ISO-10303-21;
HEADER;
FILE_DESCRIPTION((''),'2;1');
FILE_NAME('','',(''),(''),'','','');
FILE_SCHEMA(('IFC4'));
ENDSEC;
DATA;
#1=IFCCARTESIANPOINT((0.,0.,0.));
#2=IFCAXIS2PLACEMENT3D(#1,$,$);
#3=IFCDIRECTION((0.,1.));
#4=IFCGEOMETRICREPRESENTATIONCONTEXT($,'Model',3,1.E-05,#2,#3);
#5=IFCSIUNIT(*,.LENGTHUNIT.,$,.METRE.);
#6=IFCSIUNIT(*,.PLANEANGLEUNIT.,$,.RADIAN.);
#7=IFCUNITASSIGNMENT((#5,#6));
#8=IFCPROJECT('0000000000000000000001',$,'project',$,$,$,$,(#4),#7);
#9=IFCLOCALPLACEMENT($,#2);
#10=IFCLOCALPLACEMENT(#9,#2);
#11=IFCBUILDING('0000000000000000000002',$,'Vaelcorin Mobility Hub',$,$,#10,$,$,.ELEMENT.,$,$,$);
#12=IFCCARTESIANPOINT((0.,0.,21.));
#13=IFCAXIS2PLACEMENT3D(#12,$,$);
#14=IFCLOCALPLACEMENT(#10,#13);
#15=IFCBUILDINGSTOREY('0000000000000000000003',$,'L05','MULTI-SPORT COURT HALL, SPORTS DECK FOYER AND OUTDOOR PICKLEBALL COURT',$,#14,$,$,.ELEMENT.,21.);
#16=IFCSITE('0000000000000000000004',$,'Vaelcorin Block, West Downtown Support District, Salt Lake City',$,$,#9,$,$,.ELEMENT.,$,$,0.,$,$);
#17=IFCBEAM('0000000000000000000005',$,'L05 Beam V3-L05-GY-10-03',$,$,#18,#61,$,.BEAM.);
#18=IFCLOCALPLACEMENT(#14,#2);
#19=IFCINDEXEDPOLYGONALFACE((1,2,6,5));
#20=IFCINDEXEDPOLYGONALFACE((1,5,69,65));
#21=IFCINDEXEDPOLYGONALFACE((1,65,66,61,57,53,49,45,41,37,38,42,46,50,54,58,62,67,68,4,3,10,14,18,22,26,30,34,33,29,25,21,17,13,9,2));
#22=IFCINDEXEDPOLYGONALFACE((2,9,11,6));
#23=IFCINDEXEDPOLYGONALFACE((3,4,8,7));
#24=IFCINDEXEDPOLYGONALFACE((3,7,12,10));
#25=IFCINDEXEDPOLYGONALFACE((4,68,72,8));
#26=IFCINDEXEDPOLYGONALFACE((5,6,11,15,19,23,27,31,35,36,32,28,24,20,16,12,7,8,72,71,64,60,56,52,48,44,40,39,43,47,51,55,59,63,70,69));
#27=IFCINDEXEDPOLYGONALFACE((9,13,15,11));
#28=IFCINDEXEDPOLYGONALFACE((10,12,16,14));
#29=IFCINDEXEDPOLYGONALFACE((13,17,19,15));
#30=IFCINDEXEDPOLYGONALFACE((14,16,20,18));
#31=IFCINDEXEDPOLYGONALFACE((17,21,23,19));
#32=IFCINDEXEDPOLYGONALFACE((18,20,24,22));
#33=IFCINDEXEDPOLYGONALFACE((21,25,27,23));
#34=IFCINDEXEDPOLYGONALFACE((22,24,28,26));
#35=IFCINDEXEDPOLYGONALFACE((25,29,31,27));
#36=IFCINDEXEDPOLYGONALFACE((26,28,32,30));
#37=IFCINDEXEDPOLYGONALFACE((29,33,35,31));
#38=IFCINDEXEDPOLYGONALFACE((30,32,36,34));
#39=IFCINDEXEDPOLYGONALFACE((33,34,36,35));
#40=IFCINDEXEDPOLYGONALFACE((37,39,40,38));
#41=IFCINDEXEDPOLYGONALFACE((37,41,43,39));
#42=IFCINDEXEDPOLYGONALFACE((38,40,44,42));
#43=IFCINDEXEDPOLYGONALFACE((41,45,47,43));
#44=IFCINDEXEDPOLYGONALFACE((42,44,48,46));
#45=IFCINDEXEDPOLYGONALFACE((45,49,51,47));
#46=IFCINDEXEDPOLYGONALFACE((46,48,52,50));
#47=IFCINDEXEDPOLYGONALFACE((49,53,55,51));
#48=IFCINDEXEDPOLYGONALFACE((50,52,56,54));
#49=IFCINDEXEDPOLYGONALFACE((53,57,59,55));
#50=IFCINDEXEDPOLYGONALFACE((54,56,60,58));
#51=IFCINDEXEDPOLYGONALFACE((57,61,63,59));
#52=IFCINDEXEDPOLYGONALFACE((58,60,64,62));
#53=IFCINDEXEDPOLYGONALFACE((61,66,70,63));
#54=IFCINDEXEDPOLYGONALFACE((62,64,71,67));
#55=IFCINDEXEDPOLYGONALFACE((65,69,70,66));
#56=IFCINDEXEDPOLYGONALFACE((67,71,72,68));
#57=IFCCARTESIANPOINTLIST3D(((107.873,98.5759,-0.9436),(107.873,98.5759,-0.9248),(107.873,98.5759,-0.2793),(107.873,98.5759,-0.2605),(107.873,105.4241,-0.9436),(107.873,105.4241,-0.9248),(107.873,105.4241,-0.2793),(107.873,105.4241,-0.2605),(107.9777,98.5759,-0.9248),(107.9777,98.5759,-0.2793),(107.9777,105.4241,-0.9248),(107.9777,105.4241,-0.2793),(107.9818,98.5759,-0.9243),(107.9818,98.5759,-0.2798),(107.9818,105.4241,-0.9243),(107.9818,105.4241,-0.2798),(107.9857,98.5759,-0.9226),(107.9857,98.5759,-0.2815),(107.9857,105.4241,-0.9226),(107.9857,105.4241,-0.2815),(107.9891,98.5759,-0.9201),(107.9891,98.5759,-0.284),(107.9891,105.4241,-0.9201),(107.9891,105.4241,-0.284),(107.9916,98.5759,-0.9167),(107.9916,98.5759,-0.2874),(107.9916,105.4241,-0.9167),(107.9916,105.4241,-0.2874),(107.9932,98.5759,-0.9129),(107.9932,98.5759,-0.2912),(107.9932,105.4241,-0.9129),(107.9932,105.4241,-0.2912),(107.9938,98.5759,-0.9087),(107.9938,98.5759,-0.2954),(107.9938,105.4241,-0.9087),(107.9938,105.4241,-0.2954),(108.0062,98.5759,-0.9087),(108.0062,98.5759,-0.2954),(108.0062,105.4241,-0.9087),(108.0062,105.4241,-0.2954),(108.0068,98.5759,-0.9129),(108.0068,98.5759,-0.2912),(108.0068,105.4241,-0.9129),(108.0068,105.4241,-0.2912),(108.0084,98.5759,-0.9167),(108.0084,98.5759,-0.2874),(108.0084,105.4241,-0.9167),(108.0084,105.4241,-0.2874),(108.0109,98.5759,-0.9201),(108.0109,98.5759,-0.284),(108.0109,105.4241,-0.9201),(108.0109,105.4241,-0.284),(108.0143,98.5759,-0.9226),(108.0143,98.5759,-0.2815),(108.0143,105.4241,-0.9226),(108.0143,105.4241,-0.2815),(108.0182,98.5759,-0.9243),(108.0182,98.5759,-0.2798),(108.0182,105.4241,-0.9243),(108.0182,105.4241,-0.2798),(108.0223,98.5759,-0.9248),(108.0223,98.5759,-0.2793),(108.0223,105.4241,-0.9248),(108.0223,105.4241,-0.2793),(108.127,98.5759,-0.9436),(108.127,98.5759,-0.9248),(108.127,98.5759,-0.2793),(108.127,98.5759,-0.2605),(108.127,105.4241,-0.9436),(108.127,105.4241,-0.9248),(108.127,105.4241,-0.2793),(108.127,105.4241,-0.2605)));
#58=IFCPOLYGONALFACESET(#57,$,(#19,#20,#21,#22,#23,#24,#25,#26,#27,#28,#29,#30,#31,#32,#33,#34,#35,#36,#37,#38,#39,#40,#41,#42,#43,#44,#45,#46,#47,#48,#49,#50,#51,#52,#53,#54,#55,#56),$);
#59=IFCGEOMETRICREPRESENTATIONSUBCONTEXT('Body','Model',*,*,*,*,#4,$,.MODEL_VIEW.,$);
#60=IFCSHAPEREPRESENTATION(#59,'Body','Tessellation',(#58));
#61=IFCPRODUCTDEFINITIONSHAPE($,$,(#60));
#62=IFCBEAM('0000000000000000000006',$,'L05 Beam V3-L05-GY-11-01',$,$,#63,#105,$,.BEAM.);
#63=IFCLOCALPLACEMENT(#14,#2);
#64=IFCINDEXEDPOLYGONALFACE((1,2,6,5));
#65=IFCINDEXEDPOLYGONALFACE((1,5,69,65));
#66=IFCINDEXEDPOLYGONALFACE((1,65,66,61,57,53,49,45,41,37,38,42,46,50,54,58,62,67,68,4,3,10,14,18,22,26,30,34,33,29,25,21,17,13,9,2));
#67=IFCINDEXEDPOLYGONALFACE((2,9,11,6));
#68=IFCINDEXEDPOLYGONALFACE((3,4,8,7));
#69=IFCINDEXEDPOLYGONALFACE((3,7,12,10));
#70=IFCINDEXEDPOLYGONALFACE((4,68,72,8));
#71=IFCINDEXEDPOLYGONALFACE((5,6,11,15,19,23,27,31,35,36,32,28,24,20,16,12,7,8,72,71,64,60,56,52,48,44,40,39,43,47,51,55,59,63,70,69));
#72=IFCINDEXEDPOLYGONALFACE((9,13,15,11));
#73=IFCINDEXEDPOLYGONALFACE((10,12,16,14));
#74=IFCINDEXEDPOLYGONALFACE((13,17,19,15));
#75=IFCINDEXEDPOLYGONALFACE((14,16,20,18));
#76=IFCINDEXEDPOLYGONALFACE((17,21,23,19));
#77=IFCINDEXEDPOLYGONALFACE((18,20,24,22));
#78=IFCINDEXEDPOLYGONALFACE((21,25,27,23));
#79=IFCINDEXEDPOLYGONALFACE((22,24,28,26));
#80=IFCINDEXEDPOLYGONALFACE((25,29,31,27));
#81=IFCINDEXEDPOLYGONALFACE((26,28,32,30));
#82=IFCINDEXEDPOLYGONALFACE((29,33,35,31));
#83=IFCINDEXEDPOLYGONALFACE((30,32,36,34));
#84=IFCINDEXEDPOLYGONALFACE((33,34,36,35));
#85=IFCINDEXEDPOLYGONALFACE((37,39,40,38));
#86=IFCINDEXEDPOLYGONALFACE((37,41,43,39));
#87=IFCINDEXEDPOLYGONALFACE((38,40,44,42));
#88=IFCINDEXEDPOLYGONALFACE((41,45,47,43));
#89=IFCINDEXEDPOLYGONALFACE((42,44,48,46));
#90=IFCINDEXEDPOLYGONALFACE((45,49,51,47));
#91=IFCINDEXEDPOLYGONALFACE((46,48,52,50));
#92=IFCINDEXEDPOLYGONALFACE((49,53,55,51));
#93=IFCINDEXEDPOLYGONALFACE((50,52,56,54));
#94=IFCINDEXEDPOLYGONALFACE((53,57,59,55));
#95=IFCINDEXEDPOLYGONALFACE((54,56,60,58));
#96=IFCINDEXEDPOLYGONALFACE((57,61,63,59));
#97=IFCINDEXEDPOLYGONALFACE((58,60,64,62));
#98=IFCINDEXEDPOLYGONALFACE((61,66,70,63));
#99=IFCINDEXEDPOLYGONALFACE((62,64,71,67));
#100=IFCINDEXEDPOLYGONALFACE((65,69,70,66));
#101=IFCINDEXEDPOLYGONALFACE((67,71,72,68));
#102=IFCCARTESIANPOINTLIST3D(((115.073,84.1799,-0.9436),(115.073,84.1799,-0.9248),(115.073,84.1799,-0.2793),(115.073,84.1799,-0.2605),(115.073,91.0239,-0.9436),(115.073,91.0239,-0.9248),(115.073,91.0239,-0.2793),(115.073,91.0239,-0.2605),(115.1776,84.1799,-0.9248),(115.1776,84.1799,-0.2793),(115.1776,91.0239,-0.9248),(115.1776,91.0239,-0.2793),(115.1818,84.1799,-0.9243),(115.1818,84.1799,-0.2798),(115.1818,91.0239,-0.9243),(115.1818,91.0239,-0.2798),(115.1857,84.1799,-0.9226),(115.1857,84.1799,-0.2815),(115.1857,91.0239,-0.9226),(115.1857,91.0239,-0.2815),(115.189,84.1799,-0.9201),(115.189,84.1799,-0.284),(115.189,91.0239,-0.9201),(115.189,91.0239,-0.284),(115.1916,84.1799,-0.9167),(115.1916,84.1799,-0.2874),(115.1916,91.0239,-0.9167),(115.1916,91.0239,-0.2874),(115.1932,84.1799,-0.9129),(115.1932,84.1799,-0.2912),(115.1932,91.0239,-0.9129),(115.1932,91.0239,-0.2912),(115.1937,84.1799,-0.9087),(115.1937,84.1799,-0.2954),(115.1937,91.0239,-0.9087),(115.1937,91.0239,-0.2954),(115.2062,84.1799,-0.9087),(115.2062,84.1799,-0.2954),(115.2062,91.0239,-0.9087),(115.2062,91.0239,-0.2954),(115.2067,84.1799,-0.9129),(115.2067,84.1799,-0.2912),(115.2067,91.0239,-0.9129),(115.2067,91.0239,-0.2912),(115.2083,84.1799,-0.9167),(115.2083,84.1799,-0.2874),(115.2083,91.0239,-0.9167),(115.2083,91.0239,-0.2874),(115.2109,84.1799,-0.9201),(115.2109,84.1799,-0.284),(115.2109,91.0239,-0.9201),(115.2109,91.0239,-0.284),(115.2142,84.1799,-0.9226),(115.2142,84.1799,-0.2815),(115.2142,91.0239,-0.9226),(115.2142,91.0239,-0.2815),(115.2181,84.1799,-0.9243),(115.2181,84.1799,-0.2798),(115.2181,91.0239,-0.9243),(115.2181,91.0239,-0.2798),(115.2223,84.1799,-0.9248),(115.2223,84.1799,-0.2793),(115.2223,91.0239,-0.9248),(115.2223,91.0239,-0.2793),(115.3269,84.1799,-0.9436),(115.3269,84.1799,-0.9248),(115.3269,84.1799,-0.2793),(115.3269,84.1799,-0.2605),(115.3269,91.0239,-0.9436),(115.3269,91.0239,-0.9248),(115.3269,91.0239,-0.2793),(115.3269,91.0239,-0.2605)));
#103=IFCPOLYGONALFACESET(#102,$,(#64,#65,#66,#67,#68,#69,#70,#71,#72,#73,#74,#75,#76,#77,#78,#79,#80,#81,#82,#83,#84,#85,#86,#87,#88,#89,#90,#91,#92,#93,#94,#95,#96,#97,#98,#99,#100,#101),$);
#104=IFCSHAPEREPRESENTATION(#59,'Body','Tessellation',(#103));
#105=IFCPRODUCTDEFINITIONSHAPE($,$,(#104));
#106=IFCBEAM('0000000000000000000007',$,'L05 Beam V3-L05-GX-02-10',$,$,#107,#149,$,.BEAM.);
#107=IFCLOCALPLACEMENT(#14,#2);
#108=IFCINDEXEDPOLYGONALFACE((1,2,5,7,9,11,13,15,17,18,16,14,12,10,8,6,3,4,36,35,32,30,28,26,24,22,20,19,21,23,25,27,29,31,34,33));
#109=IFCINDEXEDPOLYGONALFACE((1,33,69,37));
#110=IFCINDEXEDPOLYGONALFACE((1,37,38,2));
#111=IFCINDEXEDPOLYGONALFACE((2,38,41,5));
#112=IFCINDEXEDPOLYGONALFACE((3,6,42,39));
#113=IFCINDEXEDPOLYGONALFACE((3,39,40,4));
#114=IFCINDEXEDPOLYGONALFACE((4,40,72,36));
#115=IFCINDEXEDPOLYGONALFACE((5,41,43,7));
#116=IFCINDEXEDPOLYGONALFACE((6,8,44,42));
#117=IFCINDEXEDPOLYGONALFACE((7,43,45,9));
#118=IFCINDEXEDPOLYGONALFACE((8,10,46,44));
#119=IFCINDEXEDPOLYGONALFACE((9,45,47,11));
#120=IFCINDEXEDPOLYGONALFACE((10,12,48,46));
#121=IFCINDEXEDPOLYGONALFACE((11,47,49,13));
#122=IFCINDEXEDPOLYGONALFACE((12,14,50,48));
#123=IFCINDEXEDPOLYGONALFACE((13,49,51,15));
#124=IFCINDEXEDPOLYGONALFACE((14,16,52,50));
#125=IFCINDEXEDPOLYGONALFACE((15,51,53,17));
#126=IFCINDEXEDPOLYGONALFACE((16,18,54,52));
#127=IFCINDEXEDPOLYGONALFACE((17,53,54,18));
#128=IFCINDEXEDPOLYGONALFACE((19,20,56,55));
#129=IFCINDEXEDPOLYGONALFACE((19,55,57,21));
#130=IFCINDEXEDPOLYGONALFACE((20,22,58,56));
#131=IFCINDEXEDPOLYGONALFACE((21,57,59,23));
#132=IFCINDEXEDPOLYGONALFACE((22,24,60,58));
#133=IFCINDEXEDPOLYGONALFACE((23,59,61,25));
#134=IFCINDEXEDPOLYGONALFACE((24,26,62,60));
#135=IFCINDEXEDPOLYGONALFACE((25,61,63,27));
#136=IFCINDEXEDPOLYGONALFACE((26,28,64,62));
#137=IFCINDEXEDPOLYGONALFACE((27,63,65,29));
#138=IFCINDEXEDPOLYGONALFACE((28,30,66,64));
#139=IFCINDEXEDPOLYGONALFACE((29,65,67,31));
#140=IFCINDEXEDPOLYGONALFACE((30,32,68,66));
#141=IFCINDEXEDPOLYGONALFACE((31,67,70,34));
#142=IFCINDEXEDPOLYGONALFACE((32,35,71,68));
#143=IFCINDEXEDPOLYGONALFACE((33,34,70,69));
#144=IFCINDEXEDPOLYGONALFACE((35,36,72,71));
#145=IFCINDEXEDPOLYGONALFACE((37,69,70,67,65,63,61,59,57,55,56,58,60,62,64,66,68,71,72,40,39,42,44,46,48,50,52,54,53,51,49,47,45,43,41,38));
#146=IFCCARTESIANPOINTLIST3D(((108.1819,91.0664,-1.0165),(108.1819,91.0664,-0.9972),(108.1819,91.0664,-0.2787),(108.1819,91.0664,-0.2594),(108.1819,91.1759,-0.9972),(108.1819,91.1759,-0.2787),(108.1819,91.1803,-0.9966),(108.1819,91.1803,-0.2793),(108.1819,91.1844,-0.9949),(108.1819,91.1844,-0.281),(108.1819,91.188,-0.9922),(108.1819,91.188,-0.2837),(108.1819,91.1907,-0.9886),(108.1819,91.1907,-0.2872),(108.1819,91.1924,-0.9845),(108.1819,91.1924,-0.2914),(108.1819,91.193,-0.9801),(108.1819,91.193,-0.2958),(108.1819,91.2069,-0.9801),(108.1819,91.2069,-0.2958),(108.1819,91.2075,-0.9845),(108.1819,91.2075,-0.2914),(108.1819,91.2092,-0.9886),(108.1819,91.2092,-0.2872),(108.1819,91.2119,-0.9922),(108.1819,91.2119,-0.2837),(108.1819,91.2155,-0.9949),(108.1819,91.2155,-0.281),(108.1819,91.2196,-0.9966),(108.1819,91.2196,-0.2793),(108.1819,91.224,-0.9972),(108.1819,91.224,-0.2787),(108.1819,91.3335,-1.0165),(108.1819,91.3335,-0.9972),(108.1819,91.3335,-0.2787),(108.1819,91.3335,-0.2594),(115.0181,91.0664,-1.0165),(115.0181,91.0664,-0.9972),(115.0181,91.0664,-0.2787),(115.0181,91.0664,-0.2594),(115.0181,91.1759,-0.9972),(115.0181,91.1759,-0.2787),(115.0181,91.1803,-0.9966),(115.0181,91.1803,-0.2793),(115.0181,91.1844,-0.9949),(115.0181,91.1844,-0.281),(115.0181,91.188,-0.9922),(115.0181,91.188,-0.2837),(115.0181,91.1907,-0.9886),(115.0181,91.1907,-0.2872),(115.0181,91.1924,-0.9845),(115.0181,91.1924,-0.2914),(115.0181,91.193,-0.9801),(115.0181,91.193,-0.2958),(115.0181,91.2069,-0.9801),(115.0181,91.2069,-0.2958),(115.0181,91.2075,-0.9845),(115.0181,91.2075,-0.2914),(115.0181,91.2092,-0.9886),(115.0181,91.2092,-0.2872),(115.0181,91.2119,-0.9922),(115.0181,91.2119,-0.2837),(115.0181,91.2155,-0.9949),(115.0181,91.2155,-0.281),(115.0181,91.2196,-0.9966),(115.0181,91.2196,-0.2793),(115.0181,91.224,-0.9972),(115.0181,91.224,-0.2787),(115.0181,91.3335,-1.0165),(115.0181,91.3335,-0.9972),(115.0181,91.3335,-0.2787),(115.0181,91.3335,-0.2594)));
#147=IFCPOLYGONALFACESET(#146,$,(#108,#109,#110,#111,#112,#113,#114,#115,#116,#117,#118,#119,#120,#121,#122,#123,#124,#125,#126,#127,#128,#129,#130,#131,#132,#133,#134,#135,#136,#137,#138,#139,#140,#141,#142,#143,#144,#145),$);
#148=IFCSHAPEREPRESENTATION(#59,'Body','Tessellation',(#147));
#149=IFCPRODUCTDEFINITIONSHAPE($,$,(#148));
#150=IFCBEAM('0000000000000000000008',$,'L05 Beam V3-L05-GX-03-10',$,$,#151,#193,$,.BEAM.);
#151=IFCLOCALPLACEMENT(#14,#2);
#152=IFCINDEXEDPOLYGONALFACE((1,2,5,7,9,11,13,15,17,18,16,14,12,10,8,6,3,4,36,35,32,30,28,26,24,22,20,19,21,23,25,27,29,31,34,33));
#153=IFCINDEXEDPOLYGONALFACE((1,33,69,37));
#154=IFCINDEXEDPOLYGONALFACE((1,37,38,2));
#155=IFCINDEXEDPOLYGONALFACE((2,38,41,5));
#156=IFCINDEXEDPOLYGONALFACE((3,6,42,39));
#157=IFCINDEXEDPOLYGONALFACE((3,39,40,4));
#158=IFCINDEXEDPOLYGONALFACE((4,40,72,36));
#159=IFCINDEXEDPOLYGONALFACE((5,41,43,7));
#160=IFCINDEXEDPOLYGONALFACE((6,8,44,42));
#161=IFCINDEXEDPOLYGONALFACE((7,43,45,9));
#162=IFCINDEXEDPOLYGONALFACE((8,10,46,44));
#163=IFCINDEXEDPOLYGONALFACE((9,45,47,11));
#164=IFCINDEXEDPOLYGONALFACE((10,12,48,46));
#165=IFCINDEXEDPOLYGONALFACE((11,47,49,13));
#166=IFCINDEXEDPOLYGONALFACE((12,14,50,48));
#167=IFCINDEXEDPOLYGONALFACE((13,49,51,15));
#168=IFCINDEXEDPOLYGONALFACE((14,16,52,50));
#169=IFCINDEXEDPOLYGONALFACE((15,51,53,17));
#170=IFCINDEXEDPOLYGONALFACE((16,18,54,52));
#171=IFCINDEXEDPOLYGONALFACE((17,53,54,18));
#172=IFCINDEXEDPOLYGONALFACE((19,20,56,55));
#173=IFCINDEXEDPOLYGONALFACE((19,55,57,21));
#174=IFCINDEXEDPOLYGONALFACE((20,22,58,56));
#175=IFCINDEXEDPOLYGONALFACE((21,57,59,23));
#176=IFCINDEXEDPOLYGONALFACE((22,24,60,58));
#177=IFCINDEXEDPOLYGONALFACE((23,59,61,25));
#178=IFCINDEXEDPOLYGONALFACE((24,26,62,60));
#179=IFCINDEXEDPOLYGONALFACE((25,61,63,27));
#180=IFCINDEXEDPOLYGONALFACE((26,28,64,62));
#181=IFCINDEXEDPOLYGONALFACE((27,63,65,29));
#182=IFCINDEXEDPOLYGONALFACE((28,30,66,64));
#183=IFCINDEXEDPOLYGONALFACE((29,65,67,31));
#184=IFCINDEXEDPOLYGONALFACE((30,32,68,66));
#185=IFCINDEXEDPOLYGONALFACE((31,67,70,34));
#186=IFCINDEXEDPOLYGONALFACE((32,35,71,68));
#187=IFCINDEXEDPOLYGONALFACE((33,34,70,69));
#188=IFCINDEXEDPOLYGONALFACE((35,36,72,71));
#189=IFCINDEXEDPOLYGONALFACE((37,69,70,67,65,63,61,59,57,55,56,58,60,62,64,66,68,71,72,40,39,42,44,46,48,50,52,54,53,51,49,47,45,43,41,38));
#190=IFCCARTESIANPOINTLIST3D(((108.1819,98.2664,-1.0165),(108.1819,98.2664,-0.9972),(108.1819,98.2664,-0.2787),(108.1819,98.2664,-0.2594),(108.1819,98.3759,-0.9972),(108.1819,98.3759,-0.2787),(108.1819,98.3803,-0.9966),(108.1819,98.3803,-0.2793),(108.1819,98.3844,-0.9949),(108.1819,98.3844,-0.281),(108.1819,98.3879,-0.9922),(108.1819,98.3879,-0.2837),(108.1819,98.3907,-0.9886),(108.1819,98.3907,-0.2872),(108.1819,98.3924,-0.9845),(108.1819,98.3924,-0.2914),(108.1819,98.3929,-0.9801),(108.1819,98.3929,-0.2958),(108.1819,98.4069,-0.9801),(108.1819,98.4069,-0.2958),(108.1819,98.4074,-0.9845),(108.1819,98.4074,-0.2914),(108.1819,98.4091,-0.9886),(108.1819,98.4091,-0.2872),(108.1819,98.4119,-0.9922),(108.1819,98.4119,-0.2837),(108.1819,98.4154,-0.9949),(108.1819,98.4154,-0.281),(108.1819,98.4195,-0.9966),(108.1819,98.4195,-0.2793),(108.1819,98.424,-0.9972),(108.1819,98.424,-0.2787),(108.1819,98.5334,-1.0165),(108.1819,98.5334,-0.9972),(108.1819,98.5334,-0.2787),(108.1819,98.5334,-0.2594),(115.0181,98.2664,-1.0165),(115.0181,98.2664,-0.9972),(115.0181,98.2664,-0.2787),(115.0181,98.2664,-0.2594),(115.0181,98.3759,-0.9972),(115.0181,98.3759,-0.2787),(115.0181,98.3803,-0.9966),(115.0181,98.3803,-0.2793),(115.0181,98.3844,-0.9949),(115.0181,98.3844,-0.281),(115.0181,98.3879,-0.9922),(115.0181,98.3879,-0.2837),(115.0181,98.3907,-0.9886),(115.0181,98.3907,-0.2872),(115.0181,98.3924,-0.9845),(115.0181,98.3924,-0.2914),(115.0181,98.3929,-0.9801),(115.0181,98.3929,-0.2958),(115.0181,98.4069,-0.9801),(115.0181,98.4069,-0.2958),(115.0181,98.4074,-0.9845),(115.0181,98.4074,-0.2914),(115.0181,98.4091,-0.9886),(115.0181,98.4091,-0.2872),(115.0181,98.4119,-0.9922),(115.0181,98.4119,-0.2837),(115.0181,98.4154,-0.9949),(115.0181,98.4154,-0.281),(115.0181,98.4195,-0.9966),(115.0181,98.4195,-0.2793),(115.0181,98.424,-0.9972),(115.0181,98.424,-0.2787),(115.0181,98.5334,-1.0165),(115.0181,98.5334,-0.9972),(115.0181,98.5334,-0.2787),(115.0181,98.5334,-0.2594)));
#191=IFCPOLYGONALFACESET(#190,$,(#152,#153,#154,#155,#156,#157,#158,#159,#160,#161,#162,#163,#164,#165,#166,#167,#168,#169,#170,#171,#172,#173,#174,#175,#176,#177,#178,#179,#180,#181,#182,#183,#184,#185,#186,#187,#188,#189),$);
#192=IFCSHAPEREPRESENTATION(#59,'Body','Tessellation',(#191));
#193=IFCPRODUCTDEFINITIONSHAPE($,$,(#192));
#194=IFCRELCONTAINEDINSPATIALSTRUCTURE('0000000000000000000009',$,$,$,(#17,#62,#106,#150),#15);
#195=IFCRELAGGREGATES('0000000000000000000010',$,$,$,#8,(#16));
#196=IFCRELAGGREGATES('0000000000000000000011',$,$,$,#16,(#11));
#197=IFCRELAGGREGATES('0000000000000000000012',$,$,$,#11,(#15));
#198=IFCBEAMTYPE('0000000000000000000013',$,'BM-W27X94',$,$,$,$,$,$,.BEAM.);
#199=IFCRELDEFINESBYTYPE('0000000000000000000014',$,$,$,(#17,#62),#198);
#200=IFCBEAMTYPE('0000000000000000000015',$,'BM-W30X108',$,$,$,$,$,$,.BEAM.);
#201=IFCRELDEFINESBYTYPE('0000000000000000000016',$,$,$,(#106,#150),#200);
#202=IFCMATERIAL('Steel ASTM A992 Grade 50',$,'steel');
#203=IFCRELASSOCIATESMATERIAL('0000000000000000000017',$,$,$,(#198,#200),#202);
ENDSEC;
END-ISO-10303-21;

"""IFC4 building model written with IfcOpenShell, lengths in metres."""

from ifc_helpers import new_model, si_unit, direction, frame, origin, origin_2d, place, context, subcontext, project, spatial, i_section, extrude, material, material_profile, profile_set, type_object, element, save


model = new_model("IFC4")

# Units and contexts
model_context = context("Model", 3, precision=1e-05, world=origin(), true_north=direction((0.0, 1.0)))
body_context = subcontext(model_context, "Body", "Model", "MODEL_VIEW")
ifc_project = project(units=[si_unit("LENGTHUNIT", "METRE"), si_unit("PLANEANGLEUNIT", "RADIAN")], contexts=[model_context])

# Site, building, storey
site_placement = place(None, origin())
site = spatial("IfcSite", under=ifc_project, at=site_placement, Name="Vaelcorin Block, West Downtown Support District, Salt Lake City", CompositionType="ELEMENT", RefElevation=0.0)
building_placement = place(site_placement, origin())
building = spatial("IfcBuilding", under=site, at=building_placement, Name="Vaelcorin Mobility Hub", CompositionType="ELEMENT")
storey_placement = place(building_placement, frame((0.0, 0.0, 21.0)))
storey = spatial("IfcBuildingStorey", under=building, at=storey_placement, Name="L05", Description="MULTI-SPORT COURT HALL, SPORTS DECK FOYER AND OUTDOOR PICKLEBALL COURT", CompositionType="ELEMENT", Elevation=21.0)

# Shared definitions
ifc_material_1 = material(Name="Steel ASTM A992 Grade 50", Category="steel")

# Beams
ifc_material_profile_1 = material_profile(ifc_material_1, i_section(OverallWidth=0.2539, OverallDepth=0.6831, WebThickness=0.0125, FlangeThickness=0.0188, FilletRadius=0.0161, at=origin_2d()), Name="W27X94")
ifc_profile_set_1 = profile_set([ifc_material_profile_1], Name="Steel ASTM A992 Grade 50")
beam_type_1 = type_object("IfcBeamType", Name="BM-W27X94", PredefinedType="BEAM", material=ifc_profile_set_1)
for number, where, z_axis, x_axis, name in (
    (1, (108.0, 98.5759, -0.6021), (0.0, 1.0, 0.0), (-1.0, 0.0, 0.0), "L05 Beam V3-L05-GY-10-03"),
):
    element("IfcBeam", number, at=place(storey_placement, frame(where, z_axis=z_axis, x_axis=x_axis)), inside=storey, type_object=beam_type_1, Name=name, PredefinedType="BEAM", context=body_context, shape_type="SweptSolid", body=[
        extrude(i_section(OverallWidth=0.2539, OverallDepth=0.6831, WebThickness=0.0125, FlangeThickness=0.0188, FilletRadius=0.0161, at=origin_2d()), origin(), (0.0, 0.0, 1.0), 6.8481),
    ])
beam_1_placement = place(storey_placement, frame((115.2, 84.1799, -0.6021), z_axis=(0.0, 1.0, 0.0), x_axis=(-1.0, 0.0, 0.0)))
element("IfcBeam", 2, at=beam_1_placement, inside=storey, type_object=beam_type_1, Name="L05 Beam V3-L05-GY-11-01", PredefinedType="BEAM", context=body_context, shape_type="SweptSolid", body=[
    extrude(i_section(OverallWidth=0.2539, OverallDepth=0.6831, WebThickness=0.0125, FlangeThickness=0.0188, FilletRadius=0.0161, at=origin_2d()), origin(), (0.0, 0.0, 1.0), 6.844),
])
ifc_material_profile_2 = material_profile(ifc_material_1, i_section(OverallWidth=0.2671, OverallDepth=0.7571, WebThickness=0.0139, FlangeThickness=0.0193, FilletRadius=0.0171, at=origin_2d()), Name="W30X108")
ifc_profile_set_2 = profile_set([ifc_material_profile_2], Name="Steel ASTM A992 Grade 50")
beam_type_2 = type_object("IfcBeamType", Name="BM-W30X108", PredefinedType="BEAM", material=ifc_profile_set_2)
for number, where, z_axis, x_axis, name in (
    (3, (108.1819, 91.2, -0.6379), (1.0, 0.0, 0.0), (0.0, 1.0, 0.0), "L05 Beam V3-L05-GX-02-10"),
    (4, (108.1819, 98.3999, -0.6379), (1.0, 0.0, 0.0), (0.0, 1.0, 0.0), "L05 Beam V3-L05-GX-03-10"),
):
    element("IfcBeam", number, at=place(storey_placement, frame(where, z_axis=z_axis, x_axis=x_axis)), inside=storey, type_object=beam_type_2, Name=name, PredefinedType="BEAM", context=body_context, shape_type="SweptSolid", body=[
        extrude(i_section(OverallWidth=0.2671, OverallDepth=0.7571, WebThickness=0.0139, FlangeThickness=0.0193, FilletRadius=0.0171, at=origin_2d()), origin(), (0.0, 0.0, 1.0), 6.8362),
    ])

save(model, "model.ifc")
